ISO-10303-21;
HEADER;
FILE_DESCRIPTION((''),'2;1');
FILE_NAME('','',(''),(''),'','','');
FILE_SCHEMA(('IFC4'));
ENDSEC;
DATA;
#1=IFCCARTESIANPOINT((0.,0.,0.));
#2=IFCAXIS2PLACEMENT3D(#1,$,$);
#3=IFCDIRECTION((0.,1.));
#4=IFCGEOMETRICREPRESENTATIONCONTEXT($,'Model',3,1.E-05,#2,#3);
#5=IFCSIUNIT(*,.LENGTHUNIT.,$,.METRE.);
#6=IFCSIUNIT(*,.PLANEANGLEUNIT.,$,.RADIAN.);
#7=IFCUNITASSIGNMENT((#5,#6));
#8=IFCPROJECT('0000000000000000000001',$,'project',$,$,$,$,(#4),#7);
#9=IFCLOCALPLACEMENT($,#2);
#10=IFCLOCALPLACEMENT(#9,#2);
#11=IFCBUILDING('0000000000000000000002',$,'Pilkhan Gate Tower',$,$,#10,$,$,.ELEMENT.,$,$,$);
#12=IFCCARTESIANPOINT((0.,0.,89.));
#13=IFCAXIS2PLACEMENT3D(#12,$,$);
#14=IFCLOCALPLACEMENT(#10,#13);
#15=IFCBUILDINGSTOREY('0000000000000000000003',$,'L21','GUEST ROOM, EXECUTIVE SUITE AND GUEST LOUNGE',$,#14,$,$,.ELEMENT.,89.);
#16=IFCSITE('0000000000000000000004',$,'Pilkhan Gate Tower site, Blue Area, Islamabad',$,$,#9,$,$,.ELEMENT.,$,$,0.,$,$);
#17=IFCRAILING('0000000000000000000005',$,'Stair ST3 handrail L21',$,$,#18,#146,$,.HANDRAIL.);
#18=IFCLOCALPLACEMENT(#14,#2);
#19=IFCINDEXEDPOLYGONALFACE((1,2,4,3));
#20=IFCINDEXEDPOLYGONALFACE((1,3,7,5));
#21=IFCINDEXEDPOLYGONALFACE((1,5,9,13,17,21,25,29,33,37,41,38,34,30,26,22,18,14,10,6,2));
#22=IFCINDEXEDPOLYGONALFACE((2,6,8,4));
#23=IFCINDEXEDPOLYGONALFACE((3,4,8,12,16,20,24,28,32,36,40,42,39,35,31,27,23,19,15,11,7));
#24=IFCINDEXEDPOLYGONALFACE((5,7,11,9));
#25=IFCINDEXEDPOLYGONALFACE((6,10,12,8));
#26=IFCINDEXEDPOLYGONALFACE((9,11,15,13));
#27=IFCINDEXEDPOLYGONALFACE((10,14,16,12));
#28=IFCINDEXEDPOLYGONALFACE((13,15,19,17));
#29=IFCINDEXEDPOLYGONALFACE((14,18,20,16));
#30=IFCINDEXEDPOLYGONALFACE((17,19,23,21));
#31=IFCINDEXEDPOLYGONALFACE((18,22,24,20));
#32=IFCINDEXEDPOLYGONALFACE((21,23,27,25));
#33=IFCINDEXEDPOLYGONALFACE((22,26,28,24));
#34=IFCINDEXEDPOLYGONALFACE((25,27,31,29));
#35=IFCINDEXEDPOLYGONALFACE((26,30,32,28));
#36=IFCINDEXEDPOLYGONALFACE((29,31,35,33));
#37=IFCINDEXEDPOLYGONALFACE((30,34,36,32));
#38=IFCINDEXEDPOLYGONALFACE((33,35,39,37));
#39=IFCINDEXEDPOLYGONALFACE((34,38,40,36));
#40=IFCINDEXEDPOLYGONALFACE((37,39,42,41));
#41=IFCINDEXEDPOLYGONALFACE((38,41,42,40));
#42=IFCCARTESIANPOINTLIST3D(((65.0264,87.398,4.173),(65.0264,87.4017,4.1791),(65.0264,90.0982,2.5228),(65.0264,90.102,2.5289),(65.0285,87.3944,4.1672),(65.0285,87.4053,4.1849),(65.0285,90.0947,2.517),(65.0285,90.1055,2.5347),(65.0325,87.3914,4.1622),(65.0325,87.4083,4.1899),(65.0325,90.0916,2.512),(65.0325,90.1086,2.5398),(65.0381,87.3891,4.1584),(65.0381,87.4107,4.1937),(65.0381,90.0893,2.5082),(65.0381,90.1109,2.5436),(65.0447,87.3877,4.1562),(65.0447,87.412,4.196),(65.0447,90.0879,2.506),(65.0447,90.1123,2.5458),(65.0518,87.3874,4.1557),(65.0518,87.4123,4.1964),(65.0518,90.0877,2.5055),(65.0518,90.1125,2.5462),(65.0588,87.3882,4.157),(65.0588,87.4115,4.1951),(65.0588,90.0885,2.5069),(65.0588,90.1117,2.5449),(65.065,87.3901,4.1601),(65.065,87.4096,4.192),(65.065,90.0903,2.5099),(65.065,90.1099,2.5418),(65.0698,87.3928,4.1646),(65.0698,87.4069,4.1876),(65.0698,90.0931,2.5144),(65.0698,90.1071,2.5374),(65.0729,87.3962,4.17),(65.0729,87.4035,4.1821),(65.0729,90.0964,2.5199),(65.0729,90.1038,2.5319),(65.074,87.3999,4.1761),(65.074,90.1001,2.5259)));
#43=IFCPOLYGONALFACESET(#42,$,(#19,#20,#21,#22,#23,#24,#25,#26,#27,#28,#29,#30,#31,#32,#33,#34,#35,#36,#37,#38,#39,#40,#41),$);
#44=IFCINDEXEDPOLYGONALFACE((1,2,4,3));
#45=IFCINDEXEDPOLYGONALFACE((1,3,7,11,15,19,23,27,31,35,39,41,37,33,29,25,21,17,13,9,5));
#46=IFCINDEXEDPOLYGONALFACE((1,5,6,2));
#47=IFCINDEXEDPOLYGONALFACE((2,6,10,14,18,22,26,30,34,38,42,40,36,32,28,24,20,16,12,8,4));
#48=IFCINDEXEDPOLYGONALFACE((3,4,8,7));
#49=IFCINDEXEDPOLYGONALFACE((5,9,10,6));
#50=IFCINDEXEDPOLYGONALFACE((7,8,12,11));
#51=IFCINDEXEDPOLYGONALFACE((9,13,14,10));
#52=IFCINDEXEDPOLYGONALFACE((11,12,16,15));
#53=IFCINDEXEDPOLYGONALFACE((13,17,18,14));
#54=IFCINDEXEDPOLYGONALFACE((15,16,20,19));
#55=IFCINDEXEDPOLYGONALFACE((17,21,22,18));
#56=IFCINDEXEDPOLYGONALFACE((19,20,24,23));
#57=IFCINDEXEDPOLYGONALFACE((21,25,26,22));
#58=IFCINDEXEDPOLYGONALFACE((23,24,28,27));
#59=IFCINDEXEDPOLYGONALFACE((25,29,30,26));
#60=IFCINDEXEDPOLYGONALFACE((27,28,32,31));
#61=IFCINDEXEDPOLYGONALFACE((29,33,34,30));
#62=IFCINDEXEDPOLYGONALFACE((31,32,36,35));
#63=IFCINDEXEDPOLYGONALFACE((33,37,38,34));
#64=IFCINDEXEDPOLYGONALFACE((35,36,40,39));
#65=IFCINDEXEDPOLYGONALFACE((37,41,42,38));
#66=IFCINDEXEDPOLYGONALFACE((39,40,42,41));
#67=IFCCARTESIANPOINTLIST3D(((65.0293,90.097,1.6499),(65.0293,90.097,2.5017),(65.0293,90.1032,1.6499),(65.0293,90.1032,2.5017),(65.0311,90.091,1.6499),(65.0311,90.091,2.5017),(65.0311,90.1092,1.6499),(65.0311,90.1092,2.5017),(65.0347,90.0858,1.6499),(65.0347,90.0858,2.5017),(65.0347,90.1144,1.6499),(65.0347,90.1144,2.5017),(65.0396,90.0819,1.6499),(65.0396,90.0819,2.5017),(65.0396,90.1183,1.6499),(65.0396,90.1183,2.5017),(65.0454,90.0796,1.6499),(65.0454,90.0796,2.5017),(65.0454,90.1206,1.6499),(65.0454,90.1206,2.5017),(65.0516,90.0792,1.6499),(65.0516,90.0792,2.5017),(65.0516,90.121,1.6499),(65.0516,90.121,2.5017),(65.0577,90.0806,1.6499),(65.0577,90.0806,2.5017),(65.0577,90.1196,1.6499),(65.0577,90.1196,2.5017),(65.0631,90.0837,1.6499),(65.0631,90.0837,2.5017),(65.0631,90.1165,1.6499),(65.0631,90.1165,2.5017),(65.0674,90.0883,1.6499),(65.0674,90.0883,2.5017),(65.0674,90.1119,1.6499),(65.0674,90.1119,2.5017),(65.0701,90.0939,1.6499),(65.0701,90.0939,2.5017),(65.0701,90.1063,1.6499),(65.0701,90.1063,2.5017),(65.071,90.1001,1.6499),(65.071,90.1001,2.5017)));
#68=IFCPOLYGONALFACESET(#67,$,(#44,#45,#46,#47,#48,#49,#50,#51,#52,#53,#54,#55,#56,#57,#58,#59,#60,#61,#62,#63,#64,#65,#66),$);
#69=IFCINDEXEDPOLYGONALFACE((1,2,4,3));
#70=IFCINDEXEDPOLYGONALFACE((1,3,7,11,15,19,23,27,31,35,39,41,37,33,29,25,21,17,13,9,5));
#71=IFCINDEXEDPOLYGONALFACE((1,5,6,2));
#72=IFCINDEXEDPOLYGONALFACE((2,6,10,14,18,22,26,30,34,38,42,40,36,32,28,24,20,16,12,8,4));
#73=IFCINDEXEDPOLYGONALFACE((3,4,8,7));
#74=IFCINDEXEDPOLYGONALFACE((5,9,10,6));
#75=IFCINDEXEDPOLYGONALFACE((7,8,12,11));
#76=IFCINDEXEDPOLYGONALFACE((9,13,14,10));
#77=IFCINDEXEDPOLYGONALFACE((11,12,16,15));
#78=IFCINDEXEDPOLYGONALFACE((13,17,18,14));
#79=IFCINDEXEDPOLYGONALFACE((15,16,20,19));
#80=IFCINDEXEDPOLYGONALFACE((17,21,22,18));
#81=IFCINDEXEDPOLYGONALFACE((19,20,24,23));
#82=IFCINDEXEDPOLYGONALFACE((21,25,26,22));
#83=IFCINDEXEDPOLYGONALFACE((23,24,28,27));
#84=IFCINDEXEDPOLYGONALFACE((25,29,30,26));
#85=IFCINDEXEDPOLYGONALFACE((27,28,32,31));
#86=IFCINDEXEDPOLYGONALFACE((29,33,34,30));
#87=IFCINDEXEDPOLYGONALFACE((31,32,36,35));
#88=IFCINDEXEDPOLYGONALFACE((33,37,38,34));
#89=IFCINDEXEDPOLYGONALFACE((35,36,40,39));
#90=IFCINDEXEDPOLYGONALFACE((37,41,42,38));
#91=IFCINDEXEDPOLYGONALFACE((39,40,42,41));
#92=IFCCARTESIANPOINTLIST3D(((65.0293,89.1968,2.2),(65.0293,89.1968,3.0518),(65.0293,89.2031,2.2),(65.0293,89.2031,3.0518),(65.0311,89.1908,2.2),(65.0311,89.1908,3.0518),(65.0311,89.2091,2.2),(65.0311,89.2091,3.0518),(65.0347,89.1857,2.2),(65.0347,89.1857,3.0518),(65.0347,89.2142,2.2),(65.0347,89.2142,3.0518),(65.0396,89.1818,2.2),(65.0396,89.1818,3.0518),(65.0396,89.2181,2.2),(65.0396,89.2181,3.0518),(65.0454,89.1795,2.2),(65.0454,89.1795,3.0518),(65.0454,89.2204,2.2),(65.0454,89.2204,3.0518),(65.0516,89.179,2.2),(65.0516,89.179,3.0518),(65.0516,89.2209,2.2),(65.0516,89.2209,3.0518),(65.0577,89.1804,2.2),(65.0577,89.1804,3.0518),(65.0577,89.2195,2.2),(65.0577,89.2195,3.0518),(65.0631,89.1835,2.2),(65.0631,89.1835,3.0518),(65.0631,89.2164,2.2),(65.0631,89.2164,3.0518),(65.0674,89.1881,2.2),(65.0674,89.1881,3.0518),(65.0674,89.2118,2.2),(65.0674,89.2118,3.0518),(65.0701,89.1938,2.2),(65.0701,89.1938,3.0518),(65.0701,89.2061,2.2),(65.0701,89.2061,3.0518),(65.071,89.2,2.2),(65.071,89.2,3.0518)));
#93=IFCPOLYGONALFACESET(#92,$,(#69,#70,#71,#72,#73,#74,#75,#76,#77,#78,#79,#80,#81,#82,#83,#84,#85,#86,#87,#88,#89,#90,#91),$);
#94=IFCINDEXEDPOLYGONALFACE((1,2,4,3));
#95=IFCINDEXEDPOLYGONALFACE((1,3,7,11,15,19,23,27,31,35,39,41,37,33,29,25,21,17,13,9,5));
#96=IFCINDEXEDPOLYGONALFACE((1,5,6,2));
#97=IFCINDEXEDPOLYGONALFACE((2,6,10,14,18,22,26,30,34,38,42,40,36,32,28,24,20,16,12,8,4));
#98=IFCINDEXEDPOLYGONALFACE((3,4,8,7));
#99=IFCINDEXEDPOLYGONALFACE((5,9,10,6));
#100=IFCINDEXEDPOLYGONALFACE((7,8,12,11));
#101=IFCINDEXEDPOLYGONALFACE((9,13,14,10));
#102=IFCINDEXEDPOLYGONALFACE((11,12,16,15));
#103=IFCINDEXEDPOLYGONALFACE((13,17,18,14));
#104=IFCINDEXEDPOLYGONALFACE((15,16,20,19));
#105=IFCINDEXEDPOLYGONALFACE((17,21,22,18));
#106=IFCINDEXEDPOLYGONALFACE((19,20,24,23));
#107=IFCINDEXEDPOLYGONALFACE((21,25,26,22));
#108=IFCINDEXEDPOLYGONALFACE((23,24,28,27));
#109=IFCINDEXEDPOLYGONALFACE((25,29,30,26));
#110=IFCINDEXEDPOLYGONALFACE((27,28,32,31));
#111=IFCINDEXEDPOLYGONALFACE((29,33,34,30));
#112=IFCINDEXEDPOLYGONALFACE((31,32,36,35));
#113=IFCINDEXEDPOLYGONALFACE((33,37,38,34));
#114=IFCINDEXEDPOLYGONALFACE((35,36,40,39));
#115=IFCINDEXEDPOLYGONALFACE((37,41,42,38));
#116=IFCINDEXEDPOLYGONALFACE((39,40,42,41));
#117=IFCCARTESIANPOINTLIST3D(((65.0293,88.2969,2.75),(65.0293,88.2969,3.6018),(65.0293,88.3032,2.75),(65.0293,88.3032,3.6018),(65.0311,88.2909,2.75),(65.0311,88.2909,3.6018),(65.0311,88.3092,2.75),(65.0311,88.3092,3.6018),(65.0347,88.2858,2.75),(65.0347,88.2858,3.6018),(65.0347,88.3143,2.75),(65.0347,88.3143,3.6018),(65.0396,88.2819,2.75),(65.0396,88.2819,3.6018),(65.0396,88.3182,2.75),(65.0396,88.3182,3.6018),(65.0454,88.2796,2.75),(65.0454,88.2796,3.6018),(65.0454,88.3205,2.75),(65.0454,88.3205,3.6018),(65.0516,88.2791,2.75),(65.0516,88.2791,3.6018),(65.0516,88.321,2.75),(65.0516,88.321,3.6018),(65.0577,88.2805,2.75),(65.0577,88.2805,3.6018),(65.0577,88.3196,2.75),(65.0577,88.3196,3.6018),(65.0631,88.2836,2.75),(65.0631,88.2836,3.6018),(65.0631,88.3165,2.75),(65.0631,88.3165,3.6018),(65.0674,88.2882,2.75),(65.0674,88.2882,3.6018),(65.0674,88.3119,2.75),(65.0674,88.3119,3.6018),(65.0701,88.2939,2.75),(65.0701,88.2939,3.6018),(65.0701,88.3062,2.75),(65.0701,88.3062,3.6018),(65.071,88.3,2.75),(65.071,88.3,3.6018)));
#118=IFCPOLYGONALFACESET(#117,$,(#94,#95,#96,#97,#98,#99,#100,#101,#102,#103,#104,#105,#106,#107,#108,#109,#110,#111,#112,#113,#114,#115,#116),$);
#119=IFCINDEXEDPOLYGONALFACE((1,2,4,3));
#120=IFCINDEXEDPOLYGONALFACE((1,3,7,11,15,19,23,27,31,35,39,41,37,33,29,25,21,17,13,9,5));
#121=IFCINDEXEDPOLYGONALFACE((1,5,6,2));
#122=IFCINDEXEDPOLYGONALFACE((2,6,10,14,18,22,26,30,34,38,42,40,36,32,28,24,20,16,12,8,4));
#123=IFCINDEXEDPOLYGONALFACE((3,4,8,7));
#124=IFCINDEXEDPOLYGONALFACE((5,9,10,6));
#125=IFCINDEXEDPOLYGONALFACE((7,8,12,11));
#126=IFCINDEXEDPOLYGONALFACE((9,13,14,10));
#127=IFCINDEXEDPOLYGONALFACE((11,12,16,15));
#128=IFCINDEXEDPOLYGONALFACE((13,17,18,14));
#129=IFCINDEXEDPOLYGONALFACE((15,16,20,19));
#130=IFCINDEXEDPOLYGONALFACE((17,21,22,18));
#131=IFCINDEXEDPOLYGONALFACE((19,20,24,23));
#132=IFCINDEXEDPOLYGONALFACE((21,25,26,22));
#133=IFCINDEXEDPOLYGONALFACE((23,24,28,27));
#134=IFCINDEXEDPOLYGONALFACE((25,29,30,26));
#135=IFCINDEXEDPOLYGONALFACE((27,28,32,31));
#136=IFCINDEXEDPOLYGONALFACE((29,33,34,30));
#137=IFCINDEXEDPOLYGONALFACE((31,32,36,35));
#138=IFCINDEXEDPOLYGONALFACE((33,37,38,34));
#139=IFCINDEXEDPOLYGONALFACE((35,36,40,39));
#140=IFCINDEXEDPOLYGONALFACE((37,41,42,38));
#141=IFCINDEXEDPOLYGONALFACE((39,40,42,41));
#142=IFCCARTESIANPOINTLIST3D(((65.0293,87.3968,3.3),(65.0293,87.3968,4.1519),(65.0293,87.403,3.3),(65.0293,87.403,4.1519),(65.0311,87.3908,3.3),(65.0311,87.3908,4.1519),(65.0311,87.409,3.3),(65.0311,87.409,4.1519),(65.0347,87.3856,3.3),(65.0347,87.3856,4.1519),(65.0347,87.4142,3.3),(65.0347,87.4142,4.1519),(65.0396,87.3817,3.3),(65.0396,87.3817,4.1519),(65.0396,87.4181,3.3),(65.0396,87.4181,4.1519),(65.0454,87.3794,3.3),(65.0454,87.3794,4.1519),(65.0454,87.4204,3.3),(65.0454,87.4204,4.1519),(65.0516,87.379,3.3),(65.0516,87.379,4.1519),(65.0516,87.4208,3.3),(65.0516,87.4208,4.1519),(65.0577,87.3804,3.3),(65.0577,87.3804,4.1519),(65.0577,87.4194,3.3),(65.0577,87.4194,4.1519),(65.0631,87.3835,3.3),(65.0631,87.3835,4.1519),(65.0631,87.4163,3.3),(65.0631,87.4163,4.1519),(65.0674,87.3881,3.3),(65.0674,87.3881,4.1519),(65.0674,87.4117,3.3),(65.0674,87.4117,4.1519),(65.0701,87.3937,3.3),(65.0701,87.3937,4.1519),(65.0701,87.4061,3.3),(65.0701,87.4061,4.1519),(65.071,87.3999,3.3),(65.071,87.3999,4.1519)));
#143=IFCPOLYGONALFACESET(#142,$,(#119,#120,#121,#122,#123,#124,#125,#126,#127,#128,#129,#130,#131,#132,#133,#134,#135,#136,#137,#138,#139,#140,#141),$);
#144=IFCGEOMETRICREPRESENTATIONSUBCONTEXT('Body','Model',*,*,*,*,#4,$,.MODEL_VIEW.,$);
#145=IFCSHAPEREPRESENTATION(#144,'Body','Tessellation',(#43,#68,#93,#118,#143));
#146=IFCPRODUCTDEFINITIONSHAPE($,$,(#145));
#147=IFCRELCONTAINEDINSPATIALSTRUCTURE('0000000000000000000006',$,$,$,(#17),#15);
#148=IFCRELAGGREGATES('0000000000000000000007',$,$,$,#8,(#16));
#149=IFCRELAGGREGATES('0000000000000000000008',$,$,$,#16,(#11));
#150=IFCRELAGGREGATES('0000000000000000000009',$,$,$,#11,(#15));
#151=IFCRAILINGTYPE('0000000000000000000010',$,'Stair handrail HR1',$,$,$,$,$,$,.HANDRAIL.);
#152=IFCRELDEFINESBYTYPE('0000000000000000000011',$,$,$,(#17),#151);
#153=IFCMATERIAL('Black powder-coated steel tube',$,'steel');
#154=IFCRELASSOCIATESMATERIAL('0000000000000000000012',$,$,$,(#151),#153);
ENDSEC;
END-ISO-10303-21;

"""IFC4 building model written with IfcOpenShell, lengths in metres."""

from ifc_helpers import new_model, si_unit, direction, frame, origin, origin_2d, place, context, subcontext, project, spatial, circle, extrude, material, type_object, element, save


model = new_model("IFC4")

# Units and contexts
model_context = context("Model", 3, precision=1e-05, world=origin(), true_north=direction((0.0, 1.0)))
body_context = subcontext(model_context, "Body", "Model", "MODEL_VIEW")
ifc_project = project(units=[si_unit("LENGTHUNIT", "METRE"), si_unit("PLANEANGLEUNIT", "RADIAN")], contexts=[model_context])

# Site, building, storey
site_placement = place(None, origin())
site = spatial("IfcSite", under=ifc_project, at=site_placement, Name="Pilkhan Gate Tower site, Blue Area, Islamabad", CompositionType="ELEMENT", RefElevation=0.0)
building_placement = place(site_placement, origin())
building = spatial("IfcBuilding", under=site, at=building_placement, Name="Pilkhan Gate Tower", CompositionType="ELEMENT")
storey_placement = place(building_placement, frame((0.0, 0.0, 89.0)))
storey = spatial("IfcBuildingStorey", under=building, at=storey_placement, Name="L21", Description="GUEST ROOM, EXECUTIVE SUITE AND GUEST LOUNGE", CompositionType="ELEMENT", Elevation=89.0)

# Railing
ifc_material_1 = material(Name="Black powder-coated steel tube", Category="steel")
railing_type_1 = type_object("IfcRailingType", Name="Stair handrail HR1", PredefinedType="HANDRAIL", material=ifc_material_1)
railing_placement = place(storey_placement, frame((65.05, 90.1001, 1.6499)))
element("IfcRailing", 1, at=railing_placement, inside=storey, type_object=railing_type_1, Name="Stair ST3 handrail L21", PredefinedType="HANDRAIL", context=body_context, shape_type="SweptSolid", body=[
    extrude(circle(Radius=0.0239, at=origin_2d()), frame((0.0, 0.0, 0.876), z_axis=(0.0, -0.853278, 0.521456), x_axis=(1.0, 0.0, 0.0)), (0.0, 0.0, 1.0), 3.1646),
    extrude(circle(Radius=0.021, at=origin_2d()), origin(), (0.0, 0.0, 1.0), 0.8518),
    extrude(circle(Radius=0.021, at=origin_2d()), frame((0.0, -0.9001, 0.55)), (0.0, 0.0, 1.0), 0.8518),
    extrude(circle(Radius=0.021, at=origin_2d()), frame((0.0, -1.8, 1.1001)), (0.0, 0.0, 1.0), 0.8518),
    extrude(circle(Radius=0.021, at=origin_2d()), frame((0.0, -2.7002, 1.6501)), (0.0, 0.0, 1.0), 0.8518),
])

save(model, "model.ifc")
